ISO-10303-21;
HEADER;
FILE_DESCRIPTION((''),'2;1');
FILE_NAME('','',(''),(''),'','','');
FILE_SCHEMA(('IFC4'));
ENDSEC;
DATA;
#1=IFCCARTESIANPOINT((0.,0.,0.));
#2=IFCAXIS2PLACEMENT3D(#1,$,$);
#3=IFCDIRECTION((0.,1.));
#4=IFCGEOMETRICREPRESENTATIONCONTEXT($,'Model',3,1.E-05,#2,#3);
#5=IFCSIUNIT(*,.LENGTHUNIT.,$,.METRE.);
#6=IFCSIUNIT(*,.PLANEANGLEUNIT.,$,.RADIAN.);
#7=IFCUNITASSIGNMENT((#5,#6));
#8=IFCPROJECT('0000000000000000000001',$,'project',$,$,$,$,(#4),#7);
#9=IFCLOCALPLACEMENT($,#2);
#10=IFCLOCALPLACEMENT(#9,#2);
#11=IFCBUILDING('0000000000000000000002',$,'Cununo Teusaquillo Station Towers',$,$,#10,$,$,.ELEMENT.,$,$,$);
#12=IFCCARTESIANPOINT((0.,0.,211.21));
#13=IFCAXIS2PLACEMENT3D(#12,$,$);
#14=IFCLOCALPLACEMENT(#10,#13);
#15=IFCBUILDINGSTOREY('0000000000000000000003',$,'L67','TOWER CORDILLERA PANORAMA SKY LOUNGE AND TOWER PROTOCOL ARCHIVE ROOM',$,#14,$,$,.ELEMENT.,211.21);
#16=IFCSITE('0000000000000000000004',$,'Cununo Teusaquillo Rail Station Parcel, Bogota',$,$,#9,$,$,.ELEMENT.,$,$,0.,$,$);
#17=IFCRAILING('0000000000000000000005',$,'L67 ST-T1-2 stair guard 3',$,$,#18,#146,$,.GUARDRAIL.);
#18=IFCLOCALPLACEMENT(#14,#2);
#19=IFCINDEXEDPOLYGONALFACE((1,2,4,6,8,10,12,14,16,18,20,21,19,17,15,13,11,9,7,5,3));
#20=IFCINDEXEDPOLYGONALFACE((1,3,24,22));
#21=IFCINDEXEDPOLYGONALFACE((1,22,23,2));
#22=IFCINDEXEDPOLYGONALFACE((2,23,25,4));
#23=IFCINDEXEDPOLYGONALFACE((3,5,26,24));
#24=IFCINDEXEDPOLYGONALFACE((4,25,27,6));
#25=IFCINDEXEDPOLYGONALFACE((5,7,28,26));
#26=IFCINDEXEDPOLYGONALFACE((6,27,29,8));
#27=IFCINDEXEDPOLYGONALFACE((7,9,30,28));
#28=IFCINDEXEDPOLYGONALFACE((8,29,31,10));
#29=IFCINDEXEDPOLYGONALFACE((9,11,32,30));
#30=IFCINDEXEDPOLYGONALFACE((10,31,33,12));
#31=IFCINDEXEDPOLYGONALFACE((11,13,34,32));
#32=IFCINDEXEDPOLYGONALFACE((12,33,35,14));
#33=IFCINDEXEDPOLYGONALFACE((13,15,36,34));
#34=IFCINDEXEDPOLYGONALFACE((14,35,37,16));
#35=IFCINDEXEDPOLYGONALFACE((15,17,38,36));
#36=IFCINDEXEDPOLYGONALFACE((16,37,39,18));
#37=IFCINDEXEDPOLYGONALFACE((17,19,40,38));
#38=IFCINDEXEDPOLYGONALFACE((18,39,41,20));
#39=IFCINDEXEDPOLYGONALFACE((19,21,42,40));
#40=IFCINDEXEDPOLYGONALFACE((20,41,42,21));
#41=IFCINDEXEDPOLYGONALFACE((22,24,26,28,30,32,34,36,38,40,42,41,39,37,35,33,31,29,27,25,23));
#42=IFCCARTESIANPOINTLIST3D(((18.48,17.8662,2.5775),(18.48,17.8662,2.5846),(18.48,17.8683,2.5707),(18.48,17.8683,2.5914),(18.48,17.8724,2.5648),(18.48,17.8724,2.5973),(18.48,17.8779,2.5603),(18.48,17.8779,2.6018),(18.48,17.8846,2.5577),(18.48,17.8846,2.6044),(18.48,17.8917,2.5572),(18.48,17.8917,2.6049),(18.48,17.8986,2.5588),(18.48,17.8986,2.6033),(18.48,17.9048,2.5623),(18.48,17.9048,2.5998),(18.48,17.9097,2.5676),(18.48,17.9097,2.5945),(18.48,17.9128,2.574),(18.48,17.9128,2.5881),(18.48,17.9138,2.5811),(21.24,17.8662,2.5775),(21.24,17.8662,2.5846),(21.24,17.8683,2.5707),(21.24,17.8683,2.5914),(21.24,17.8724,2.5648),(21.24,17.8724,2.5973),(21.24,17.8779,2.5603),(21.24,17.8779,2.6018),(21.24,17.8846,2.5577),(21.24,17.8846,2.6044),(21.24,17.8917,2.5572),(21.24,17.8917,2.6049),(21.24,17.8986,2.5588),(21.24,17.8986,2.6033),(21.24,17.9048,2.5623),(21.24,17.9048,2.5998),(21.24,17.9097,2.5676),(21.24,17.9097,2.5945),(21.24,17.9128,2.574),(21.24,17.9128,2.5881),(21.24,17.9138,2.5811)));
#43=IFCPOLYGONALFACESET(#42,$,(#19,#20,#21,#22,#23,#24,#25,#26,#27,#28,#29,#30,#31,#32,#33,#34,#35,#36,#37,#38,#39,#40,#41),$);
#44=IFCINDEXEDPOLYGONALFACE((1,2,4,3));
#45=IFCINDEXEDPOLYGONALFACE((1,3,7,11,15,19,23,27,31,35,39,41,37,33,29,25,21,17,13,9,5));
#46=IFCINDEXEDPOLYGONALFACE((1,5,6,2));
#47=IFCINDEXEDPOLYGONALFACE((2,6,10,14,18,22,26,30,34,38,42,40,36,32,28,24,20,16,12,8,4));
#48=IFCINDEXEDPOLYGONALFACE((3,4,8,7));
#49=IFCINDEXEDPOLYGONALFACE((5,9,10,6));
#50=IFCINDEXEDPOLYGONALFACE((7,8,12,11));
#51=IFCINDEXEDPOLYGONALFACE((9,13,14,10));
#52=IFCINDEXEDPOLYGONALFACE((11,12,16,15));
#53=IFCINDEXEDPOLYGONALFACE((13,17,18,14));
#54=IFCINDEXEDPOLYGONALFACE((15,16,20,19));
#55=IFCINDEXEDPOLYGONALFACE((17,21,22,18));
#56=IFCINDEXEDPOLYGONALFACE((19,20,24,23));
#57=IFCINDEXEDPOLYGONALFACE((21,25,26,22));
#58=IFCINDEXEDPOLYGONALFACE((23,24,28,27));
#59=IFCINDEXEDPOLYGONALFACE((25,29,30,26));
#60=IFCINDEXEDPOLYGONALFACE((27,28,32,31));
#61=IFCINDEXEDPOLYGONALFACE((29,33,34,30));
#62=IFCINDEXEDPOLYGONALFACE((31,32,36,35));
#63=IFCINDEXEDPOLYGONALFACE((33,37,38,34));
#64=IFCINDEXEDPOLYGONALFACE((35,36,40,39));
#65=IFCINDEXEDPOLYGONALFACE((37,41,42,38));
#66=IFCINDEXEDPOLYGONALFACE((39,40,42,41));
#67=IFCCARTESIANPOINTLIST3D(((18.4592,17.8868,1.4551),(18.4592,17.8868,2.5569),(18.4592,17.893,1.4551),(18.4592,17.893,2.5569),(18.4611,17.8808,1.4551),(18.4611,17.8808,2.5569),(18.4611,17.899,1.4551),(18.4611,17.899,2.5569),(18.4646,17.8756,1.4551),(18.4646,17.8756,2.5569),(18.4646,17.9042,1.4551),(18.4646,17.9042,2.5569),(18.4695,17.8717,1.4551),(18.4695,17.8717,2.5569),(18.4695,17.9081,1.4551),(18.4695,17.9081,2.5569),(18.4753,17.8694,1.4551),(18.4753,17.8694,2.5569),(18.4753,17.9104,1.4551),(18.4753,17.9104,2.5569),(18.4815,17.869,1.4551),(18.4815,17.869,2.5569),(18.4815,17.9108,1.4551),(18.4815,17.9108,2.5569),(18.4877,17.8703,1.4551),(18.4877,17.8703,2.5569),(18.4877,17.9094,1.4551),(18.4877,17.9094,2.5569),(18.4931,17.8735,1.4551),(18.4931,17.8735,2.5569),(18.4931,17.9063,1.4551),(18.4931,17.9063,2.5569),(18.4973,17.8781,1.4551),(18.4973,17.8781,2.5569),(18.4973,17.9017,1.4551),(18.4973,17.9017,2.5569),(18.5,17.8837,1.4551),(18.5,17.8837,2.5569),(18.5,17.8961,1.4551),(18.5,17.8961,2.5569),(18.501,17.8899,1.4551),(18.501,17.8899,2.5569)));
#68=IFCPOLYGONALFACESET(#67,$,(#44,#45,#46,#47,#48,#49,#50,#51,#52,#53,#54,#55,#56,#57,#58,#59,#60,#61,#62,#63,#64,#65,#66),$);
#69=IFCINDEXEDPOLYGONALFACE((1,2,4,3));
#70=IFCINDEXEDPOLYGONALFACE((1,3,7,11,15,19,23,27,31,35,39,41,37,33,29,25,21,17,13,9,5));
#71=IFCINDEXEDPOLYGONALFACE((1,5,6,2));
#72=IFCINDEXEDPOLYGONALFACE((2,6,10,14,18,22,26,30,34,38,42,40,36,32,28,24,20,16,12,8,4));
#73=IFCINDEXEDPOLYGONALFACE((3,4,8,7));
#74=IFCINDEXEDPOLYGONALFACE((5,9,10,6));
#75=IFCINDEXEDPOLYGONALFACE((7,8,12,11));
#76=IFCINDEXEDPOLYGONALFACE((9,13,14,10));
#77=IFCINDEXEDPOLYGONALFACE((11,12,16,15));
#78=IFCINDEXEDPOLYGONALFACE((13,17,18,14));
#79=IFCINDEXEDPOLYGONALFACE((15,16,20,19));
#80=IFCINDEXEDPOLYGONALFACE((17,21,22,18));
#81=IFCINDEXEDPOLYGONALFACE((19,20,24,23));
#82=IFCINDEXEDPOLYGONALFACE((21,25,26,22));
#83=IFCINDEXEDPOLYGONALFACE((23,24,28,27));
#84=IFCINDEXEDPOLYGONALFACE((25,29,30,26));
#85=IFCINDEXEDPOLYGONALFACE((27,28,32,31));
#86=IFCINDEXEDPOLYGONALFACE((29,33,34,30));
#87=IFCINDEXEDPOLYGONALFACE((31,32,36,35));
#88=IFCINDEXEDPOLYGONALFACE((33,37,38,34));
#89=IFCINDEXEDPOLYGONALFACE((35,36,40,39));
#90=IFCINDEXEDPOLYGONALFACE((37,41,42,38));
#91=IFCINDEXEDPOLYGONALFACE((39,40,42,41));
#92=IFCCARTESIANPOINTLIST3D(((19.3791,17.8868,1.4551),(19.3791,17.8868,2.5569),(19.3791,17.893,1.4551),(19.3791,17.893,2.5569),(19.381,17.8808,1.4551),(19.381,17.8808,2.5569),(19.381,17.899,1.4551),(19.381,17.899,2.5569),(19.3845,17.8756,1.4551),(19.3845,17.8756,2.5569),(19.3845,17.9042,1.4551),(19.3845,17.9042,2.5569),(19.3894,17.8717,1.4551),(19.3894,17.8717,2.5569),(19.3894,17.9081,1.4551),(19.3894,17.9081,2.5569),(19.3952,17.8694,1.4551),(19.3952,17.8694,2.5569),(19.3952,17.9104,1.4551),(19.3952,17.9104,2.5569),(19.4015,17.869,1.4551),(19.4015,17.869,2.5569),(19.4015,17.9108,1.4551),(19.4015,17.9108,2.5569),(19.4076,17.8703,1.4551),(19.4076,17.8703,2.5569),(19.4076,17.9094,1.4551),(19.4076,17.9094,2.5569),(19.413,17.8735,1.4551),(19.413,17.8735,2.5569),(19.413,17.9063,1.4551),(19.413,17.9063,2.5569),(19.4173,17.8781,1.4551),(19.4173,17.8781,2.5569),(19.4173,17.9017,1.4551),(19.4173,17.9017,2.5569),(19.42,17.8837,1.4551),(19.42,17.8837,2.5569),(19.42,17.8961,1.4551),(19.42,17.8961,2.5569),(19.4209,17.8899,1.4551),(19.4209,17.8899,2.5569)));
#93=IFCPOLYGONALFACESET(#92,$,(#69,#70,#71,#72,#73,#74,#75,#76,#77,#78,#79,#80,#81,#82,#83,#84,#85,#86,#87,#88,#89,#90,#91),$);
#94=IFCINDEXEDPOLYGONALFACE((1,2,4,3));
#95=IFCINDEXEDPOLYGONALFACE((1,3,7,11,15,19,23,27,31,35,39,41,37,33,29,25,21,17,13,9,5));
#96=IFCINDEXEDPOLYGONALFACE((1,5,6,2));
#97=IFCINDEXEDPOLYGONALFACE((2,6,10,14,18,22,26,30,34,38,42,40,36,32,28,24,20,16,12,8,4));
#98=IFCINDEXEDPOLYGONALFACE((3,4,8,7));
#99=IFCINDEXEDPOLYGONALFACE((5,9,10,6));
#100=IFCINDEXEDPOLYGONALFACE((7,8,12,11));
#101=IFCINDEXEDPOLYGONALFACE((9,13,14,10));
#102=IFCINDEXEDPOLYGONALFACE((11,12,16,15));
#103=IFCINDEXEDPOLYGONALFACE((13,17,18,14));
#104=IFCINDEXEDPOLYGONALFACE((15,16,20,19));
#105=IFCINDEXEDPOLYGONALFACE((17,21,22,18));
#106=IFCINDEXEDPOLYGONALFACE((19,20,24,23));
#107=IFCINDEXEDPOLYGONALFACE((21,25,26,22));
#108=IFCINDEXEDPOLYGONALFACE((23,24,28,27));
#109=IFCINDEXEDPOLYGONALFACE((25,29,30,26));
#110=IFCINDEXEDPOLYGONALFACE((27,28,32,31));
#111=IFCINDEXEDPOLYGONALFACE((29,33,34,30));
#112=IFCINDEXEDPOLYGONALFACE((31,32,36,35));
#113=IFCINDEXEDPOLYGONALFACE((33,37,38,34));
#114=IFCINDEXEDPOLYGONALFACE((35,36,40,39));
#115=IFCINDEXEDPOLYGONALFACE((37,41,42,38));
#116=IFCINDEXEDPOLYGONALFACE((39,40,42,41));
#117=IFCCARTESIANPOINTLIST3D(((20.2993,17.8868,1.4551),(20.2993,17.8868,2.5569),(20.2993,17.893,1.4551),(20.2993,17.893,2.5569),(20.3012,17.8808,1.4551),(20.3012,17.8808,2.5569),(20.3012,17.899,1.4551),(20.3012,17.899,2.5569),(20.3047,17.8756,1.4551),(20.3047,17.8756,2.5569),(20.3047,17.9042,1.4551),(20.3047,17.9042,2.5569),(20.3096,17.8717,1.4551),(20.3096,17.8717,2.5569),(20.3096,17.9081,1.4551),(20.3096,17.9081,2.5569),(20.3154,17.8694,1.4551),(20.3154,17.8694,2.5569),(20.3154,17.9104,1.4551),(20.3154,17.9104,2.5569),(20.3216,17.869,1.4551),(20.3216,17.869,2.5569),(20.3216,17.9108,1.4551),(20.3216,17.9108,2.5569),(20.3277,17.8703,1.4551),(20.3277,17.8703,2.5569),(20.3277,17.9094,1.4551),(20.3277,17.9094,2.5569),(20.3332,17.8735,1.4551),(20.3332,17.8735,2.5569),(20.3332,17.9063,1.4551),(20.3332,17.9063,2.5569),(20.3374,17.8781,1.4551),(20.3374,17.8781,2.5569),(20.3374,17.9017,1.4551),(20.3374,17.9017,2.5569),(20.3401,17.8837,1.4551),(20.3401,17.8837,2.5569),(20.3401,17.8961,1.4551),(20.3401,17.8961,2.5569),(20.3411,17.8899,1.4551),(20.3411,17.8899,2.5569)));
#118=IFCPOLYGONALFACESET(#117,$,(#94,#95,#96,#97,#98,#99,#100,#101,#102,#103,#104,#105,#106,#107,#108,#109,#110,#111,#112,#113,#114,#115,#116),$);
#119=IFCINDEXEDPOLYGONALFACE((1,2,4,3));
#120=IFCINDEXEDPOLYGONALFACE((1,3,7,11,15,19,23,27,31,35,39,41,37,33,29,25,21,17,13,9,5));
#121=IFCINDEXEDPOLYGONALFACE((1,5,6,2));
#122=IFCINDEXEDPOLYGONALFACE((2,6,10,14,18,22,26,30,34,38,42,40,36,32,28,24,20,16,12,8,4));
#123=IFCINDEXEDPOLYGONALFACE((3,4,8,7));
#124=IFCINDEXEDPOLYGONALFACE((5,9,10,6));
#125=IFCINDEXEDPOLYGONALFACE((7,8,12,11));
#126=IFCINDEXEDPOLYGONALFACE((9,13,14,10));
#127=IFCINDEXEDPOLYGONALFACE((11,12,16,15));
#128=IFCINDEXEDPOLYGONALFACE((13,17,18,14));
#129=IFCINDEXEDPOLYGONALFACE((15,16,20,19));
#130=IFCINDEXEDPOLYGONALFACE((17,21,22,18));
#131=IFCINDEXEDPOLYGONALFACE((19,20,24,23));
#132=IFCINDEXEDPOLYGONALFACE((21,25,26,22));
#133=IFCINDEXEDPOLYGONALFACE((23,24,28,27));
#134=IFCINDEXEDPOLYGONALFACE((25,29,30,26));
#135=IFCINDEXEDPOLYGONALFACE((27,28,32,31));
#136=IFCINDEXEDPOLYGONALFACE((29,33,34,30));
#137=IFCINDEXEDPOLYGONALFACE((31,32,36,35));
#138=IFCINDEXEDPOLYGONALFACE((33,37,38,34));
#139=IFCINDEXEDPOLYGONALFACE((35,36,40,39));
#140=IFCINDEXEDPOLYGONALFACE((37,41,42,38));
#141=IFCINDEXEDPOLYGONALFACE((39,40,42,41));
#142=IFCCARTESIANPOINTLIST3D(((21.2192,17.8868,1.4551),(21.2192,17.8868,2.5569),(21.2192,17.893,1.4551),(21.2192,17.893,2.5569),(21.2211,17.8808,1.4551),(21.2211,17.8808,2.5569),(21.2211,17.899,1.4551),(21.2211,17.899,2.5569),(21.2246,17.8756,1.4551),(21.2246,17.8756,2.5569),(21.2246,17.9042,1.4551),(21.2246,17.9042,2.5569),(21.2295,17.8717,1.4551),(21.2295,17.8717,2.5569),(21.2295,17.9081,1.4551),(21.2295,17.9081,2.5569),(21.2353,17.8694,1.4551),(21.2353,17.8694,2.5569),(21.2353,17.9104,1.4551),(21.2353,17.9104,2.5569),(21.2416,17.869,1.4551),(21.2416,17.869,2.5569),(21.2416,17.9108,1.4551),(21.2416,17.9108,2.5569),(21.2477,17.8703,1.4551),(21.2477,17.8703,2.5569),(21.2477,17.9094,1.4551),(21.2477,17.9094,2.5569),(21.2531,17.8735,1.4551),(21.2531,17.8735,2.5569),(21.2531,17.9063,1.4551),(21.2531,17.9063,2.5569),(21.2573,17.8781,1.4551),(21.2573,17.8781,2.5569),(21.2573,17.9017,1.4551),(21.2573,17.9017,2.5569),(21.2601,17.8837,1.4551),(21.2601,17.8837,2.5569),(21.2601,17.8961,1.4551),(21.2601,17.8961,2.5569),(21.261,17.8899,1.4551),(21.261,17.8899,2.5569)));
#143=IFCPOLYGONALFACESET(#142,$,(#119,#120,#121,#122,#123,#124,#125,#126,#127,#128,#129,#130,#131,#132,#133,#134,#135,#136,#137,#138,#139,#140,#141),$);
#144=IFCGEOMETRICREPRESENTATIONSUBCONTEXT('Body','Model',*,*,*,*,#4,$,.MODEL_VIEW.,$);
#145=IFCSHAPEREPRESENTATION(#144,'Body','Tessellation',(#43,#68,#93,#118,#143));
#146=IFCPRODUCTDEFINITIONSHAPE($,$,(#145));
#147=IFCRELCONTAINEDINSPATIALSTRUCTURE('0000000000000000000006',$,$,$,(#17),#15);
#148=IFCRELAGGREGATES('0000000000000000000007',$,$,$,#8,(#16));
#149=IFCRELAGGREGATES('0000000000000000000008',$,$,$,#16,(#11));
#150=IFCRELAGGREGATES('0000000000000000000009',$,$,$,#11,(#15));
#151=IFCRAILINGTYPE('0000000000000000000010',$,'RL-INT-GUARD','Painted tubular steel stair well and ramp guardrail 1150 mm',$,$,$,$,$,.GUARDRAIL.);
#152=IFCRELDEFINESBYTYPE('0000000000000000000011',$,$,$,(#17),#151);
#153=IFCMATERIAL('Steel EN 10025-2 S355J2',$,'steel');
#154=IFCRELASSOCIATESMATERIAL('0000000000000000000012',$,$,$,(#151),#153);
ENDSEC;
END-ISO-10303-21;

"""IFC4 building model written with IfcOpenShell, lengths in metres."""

from ifc_helpers import new_model, si_unit, direction, frame, origin, origin_2d, place, context, subcontext, project, spatial, circle, extrude, material, type_object, element, save


model = new_model("IFC4")

# Units and contexts
model_context = context("Model", 3, precision=1e-05, world=origin(), true_north=direction((0.0, 1.0)))
body_context = subcontext(model_context, "Body", "Model", "MODEL_VIEW")
ifc_project = project(units=[si_unit("LENGTHUNIT", "METRE"), si_unit("PLANEANGLEUNIT", "RADIAN")], contexts=[model_context])

# Site, building, storey
site_placement = place(None, origin())
site = spatial("IfcSite", under=ifc_project, at=site_placement, Name="Cununo Teusaquillo Rail Station Parcel, Bogota", CompositionType="ELEMENT", RefElevation=0.0)
building_placement = place(site_placement, origin())
building = spatial("IfcBuilding", under=site, at=building_placement, Name="Cununo Teusaquillo Station Towers", CompositionType="ELEMENT")
storey_placement = place(building_placement, frame((0.0, 0.0, 211.21)))
storey = spatial("IfcBuildingStorey", under=building, at=storey_placement, Name="L67", Description="TOWER CORDILLERA PANORAMA SKY LOUNGE AND TOWER PROTOCOL ARCHIVE ROOM", CompositionType="ELEMENT", Elevation=211.21)

# Railing
ifc_material_1 = material(Name="Steel EN 10025-2 S355J2", Category="steel")
railing_type_1 = type_object("IfcRailingType", Name="RL-INT-GUARD", Description="Painted tubular steel stair well and ramp guardrail 1150 mm", PredefinedType="GUARDRAIL", material=ifc_material_1)
railing_1_placement = place(storey_placement, frame((18.48, 17.8899, 1.4551)))
element("IfcRailing", 1, at=railing_1_placement, inside=storey, type_object=railing_type_1, Name="L67 ST-T1-2 stair guard 3", PredefinedType="GUARDRAIL", context=body_context, shape_type="SweptSolid", body=[
    extrude(circle(Radius=0.0239, at=origin_2d()), frame((0.0, 0.0, 1.126), z_axis=(1.0, 0.0, 0.0), x_axis=(0.0, 1.0, 0.0)), (0.0, 0.0, 1.0), 2.76),
    extrude(circle(Radius=0.021, at=origin_2d()), origin(), (0.0, 0.0, 1.0), 1.1018),
    extrude(circle(Radius=0.021, at=origin_2d()), frame((0.9199, 0.0, 0.0)), (0.0, 0.0, 1.0), 1.1018),
    extrude(circle(Radius=0.021, at=origin_2d()), frame((1.8401, 0.0, 0.0)), (0.0, 0.0, 1.0), 1.1018),
    extrude(circle(Radius=0.021, at=origin_2d()), frame((2.76, 0.0, 0.0)), (0.0, 0.0, 1.0), 1.1018),
])

save(model, "model.ifc")
